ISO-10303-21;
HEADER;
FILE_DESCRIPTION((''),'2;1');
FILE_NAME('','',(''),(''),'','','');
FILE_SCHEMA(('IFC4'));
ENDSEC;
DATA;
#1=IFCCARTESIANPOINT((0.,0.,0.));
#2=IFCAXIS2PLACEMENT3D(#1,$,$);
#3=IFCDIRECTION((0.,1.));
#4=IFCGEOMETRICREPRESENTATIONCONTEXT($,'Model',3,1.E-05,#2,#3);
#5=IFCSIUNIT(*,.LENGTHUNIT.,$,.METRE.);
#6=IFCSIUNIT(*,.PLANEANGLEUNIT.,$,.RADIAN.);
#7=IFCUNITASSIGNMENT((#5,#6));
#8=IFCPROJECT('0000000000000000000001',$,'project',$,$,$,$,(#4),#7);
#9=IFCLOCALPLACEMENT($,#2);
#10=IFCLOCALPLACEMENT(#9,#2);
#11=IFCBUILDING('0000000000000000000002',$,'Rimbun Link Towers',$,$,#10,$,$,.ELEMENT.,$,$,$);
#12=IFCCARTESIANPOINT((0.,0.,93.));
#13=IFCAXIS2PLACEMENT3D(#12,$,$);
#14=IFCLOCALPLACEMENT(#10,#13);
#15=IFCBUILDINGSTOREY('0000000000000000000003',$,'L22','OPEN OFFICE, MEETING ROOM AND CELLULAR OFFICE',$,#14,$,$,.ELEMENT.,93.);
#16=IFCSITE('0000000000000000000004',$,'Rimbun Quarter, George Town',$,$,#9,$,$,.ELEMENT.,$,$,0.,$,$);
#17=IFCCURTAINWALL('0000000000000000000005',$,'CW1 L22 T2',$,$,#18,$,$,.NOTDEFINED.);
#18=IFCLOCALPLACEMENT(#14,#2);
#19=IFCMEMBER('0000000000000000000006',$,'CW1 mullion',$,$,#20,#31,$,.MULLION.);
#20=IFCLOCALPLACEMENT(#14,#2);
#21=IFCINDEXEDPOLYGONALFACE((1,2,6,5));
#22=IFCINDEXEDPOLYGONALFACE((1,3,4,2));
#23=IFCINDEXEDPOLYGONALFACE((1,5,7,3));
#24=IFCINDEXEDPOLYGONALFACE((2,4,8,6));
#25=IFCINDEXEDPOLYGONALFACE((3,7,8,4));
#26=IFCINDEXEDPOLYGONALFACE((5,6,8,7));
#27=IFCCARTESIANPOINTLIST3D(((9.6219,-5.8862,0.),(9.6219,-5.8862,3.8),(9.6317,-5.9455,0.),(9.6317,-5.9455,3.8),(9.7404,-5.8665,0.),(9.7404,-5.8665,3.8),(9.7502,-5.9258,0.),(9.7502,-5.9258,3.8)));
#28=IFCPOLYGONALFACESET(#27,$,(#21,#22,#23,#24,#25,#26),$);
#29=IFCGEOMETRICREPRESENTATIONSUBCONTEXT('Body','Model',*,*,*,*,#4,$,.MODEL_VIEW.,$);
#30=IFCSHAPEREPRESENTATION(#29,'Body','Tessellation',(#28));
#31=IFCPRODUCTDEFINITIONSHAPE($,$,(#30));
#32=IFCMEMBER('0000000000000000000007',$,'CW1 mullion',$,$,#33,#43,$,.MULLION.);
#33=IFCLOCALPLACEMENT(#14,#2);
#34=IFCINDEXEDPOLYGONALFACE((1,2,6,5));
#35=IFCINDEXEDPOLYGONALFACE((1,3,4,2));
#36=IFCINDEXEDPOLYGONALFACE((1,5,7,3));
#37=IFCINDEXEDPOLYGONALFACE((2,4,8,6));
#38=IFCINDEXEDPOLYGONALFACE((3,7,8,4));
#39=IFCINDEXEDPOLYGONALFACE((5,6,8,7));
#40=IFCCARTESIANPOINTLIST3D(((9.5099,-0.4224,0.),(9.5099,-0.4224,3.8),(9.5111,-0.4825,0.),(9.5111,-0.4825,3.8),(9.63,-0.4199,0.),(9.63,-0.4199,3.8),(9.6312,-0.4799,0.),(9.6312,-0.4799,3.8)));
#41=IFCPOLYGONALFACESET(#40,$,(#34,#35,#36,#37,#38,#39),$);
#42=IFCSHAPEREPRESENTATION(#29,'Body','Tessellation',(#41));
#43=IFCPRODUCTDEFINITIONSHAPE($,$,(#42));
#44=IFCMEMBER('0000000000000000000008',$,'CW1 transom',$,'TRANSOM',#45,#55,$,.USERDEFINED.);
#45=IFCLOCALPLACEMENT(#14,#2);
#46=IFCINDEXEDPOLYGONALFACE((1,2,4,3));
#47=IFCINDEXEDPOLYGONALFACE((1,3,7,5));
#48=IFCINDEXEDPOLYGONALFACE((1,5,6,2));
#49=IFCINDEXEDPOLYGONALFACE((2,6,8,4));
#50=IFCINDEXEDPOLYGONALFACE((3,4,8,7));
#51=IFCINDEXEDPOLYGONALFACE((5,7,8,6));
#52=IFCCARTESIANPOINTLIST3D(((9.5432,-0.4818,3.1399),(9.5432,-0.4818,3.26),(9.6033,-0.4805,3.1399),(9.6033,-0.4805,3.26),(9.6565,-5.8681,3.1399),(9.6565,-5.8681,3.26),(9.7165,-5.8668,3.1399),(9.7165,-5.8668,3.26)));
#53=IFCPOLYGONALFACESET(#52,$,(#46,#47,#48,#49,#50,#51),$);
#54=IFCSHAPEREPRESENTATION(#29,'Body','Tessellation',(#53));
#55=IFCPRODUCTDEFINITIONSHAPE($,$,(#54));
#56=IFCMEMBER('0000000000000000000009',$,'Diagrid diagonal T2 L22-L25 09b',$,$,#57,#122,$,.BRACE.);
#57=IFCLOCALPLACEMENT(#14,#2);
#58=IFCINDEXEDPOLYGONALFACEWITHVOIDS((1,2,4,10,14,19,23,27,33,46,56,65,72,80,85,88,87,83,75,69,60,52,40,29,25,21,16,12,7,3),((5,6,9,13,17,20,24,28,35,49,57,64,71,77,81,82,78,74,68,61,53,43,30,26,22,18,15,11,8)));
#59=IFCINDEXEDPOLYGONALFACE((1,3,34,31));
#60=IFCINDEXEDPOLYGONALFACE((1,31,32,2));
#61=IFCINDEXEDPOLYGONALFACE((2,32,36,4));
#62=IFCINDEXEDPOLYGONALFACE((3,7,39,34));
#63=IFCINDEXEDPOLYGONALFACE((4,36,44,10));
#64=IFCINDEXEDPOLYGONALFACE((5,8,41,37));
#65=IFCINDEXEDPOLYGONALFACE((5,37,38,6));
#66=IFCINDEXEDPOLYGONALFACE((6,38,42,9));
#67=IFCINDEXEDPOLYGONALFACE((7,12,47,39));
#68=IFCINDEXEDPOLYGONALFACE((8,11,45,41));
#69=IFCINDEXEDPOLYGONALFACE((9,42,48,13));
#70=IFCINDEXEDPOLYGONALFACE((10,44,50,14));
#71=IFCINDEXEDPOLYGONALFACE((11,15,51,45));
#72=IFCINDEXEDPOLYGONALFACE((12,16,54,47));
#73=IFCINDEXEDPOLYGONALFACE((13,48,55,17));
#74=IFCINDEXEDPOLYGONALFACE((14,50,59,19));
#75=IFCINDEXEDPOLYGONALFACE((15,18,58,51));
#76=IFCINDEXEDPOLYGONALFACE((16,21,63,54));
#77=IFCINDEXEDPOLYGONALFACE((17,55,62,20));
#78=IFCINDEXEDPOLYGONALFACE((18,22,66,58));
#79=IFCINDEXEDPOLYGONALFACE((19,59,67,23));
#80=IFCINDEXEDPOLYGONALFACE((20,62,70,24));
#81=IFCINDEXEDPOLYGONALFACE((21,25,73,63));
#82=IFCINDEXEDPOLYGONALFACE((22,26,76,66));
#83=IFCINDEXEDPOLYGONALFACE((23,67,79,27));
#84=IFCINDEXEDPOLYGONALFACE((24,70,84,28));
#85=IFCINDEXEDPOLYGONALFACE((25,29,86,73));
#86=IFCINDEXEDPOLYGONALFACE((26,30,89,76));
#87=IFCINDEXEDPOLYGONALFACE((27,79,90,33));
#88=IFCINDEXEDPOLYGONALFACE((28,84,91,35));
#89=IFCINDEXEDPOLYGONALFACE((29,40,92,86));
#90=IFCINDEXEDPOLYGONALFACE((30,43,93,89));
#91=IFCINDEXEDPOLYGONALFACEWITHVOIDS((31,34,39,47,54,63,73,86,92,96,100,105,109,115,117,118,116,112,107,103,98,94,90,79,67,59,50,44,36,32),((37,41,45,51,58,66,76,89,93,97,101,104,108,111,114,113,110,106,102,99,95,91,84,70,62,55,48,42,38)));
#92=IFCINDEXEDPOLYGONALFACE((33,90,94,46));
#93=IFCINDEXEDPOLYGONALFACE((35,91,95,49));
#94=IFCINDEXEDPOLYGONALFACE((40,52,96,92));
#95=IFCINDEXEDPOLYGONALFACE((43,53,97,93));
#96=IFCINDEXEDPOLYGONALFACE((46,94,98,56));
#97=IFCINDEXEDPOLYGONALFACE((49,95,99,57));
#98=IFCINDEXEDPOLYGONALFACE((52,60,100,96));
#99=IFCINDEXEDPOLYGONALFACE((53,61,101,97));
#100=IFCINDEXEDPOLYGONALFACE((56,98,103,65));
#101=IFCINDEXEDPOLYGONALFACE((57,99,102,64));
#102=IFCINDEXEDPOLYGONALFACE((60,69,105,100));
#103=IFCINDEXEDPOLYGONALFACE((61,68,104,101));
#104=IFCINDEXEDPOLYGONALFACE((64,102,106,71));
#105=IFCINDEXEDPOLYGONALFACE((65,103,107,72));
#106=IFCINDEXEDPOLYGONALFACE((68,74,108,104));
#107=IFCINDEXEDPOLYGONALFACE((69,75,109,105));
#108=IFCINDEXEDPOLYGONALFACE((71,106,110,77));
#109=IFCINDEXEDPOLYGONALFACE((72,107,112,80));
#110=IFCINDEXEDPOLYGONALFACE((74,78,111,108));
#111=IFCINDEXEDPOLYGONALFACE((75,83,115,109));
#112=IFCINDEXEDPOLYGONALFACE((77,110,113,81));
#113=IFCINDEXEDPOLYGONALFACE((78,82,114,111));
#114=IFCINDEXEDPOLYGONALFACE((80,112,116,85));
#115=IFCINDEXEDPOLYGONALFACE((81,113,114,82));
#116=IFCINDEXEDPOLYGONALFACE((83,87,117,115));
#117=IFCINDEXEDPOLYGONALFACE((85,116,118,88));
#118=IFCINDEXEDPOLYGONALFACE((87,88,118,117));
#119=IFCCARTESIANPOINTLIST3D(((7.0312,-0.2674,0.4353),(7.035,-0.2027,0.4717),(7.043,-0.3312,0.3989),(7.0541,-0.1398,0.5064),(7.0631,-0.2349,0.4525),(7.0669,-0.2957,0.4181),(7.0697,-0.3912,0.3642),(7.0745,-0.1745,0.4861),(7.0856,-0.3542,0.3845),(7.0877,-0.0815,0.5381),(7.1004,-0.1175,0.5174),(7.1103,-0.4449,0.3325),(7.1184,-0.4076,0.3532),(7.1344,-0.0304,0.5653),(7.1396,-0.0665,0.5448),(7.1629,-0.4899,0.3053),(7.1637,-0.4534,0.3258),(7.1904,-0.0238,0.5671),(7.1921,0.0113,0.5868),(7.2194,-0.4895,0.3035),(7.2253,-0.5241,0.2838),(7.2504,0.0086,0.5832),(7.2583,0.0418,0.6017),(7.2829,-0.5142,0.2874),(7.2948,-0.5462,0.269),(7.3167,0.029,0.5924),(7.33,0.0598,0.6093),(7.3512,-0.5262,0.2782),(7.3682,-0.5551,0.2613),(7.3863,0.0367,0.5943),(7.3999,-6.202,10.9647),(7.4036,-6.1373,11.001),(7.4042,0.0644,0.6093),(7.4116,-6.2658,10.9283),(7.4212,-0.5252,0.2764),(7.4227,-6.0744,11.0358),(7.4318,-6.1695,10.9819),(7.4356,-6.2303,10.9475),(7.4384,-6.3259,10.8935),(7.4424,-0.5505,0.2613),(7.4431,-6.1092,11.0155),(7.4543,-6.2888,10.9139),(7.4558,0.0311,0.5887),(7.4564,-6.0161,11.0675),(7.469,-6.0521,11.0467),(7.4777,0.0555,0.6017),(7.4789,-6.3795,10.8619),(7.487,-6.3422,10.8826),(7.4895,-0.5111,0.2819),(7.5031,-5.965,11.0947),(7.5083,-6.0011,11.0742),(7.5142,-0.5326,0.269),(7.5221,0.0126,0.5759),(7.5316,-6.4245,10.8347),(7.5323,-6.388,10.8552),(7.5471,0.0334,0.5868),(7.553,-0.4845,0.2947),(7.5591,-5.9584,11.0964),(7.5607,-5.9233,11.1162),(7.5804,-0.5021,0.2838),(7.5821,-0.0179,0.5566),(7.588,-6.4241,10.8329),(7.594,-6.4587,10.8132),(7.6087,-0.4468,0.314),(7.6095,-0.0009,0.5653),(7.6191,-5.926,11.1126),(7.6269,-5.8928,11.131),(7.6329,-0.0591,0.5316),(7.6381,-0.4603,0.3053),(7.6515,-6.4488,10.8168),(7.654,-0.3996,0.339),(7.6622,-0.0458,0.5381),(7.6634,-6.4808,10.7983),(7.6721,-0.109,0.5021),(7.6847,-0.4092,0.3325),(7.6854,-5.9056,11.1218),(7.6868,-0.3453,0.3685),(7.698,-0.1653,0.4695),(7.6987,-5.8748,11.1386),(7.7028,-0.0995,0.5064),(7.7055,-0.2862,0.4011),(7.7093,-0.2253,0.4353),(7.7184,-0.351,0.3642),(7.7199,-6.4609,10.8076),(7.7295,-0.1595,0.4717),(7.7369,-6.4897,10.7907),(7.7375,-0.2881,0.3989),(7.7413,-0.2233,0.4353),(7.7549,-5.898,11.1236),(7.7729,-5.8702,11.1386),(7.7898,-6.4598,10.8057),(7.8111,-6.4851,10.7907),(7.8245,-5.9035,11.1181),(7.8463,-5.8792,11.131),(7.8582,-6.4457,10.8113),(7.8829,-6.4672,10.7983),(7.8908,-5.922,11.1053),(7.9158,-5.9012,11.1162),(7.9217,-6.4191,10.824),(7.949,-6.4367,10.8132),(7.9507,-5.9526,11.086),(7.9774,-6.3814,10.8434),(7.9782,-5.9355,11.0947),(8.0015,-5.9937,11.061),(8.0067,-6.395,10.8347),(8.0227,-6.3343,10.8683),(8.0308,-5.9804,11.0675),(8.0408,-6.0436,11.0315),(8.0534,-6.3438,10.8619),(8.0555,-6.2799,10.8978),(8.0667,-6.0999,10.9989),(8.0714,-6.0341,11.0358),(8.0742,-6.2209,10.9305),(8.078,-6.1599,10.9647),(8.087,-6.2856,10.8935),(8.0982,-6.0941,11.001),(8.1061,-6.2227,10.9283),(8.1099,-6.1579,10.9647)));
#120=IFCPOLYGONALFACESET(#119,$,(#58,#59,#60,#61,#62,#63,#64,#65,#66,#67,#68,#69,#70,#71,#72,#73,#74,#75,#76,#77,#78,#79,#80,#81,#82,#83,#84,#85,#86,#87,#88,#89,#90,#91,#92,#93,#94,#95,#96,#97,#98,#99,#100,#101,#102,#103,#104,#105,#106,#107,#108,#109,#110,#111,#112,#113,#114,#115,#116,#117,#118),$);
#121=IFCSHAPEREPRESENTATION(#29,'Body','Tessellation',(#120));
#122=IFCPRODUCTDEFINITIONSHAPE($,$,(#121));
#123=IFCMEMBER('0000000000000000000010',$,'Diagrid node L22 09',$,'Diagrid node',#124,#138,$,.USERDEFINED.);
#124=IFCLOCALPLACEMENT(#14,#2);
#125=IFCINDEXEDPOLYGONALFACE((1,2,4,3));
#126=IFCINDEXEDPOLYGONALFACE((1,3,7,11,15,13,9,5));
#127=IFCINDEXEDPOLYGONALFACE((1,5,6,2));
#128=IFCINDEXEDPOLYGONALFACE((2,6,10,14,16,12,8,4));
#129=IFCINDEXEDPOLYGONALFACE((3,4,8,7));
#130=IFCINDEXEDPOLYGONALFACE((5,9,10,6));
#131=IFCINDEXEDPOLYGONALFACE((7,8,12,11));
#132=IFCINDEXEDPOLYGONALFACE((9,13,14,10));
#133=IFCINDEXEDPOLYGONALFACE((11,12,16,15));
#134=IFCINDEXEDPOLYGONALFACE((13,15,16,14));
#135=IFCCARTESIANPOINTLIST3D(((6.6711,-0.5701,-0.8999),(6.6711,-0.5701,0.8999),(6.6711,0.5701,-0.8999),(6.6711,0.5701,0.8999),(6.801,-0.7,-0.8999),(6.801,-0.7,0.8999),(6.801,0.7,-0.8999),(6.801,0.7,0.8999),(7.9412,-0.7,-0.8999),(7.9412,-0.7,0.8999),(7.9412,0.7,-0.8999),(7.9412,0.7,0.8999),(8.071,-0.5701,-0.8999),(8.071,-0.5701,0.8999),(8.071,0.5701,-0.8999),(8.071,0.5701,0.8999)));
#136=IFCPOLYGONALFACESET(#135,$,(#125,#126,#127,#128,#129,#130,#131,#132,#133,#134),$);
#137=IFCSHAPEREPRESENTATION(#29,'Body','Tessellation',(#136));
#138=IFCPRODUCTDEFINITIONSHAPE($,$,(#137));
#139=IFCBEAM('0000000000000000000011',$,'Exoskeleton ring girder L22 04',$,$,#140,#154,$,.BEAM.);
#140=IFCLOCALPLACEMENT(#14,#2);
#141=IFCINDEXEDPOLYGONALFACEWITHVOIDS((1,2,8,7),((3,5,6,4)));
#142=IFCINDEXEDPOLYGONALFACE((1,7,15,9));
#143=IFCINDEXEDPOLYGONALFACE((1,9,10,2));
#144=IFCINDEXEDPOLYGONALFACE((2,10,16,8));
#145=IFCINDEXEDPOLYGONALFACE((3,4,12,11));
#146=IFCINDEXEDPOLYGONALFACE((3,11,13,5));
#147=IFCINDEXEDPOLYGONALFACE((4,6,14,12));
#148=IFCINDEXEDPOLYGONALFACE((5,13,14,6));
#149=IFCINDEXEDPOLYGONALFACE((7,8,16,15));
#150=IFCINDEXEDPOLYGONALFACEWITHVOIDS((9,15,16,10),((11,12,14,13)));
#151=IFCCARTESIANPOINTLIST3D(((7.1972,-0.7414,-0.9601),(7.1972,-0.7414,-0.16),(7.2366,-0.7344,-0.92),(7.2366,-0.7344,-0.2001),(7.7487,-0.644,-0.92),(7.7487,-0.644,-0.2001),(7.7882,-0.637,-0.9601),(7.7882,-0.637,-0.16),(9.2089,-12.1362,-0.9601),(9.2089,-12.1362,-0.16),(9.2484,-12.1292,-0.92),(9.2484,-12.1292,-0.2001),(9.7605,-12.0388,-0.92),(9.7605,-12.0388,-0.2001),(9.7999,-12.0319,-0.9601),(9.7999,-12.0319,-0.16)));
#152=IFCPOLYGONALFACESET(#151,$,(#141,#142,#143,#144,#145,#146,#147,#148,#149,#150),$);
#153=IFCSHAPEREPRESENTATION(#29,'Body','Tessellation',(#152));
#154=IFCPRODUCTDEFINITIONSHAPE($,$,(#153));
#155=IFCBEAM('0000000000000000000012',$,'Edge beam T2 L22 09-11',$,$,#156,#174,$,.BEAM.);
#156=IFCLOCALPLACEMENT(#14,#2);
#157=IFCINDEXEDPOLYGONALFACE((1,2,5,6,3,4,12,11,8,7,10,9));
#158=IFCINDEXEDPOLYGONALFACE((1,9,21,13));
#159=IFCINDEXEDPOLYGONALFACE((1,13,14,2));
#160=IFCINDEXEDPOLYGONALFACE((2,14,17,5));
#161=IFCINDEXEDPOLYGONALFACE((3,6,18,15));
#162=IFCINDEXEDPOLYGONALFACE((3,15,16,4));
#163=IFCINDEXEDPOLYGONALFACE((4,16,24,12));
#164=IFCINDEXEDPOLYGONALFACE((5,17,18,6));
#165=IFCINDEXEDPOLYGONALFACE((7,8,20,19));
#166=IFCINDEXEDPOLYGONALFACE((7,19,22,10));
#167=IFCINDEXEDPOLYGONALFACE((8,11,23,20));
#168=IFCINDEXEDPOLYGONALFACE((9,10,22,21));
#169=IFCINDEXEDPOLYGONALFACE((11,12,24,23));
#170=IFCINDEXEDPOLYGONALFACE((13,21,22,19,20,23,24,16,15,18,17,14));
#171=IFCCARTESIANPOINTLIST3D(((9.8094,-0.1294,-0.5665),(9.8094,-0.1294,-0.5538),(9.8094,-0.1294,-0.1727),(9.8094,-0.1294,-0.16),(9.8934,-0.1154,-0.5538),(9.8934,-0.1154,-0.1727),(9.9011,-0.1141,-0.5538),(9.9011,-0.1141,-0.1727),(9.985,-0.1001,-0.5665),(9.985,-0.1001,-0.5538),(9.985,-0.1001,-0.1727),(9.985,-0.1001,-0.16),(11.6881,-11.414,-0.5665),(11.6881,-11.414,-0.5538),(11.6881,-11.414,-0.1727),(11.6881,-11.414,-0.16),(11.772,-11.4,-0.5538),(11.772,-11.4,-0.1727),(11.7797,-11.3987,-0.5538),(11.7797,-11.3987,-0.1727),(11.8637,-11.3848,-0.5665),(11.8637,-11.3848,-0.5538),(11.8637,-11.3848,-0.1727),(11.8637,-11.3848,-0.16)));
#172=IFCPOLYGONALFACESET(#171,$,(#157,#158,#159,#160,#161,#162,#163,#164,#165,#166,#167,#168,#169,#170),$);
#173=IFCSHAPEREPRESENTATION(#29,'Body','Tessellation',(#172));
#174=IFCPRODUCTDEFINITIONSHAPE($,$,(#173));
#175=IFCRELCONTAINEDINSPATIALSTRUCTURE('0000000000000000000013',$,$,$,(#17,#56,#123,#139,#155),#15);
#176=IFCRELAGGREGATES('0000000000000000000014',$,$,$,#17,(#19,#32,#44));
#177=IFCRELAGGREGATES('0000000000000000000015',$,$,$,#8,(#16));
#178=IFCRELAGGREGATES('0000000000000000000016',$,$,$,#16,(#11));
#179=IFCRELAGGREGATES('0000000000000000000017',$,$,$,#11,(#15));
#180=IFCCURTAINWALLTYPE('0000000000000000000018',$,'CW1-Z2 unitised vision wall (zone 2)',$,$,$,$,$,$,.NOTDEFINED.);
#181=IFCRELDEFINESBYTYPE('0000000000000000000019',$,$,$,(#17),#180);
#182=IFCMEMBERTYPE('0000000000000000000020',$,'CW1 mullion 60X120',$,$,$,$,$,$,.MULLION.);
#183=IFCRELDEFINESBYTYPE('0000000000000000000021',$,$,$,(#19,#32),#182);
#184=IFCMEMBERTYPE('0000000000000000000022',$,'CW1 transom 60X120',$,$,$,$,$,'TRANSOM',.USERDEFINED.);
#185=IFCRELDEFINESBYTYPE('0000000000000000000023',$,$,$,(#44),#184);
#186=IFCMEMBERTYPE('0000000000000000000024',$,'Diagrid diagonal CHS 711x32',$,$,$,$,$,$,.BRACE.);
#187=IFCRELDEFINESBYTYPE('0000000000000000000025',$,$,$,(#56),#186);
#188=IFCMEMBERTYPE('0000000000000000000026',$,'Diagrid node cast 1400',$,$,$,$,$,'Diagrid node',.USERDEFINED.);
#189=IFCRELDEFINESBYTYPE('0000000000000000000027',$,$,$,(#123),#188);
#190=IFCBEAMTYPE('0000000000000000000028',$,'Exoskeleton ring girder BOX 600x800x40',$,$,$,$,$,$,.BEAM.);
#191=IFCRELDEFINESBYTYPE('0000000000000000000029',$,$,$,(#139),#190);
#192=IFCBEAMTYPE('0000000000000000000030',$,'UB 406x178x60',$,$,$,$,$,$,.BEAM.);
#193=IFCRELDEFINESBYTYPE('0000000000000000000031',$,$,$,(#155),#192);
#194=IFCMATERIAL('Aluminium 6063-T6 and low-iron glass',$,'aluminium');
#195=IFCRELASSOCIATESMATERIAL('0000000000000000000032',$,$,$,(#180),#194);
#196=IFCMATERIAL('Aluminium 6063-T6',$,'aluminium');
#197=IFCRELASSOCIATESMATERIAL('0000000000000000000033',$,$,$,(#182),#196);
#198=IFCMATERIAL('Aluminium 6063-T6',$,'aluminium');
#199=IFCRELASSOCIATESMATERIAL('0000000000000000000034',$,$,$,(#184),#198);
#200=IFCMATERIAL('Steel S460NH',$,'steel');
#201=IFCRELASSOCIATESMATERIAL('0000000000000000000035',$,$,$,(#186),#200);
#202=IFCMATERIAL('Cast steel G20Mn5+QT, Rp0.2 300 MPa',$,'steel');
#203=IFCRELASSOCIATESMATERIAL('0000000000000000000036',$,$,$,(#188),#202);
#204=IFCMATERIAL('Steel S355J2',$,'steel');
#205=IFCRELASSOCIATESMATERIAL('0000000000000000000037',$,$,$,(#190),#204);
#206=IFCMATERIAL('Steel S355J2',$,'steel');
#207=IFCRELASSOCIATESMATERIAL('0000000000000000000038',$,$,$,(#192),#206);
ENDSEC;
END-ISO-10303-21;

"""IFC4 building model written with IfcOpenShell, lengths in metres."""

from ifc_helpers import new_model, si_unit, direction, frame, origin, origin_2d, place, context, subcontext, project, spatial, polyline, rectangle, hollow_rectangle, hollow_circle, i_section, outline, extrude, material, material_profile, profile_set, type_object, element, aggregate, save


model = new_model("IFC4")

# Units and contexts
model_context = context("Model", 3, precision=1e-05, world=origin(), true_north=direction((0.0, 1.0)))
body_context = subcontext(model_context, "Body", "Model", "MODEL_VIEW")
ifc_project = project(units=[si_unit("LENGTHUNIT", "METRE"), si_unit("PLANEANGLEUNIT", "RADIAN")], contexts=[model_context])

# Site, building, storey
site_placement = place(None, origin())
site = spatial("IfcSite", under=ifc_project, at=site_placement, Name="Rimbun Quarter, George Town", CompositionType="ELEMENT", RefElevation=0.0)
building_placement = place(site_placement, origin())
building = spatial("IfcBuilding", under=site, at=building_placement, Name="Rimbun Link Towers", CompositionType="ELEMENT")
storey_placement = place(building_placement, frame((0.0, 0.0, 93.0)))
storey = spatial("IfcBuildingStorey", under=building, at=storey_placement, Name="L22", Description="OPEN OFFICE, MEETING ROOM AND CELLULAR OFFICE", CompositionType="ELEMENT", Elevation=93.0)

# Curtain wall, members
ifc_material_1 = material(Name="Aluminium 6063-T6 and low-iron glass", Category="aluminium")
curtain_wall_type = type_object("IfcCurtainWallType", Name="CW1-Z2 unitised vision wall (zone 2)", PredefinedType="NOTDEFINED", material=ifc_material_1)
curtain_wall_placement = place(storey_placement, origin())
curtain_wall = element("IfcCurtainWall", 1, at=curtain_wall_placement, inside=storey, type_object=curtain_wall_type, Name="CW1 L22 T2", PredefinedType="NOTDEFINED")
ifc_material_2 = material(Name="Aluminium 6063-T6", Category="aluminium")
ifc_material_profile_1 = material_profile(ifc_material_2, rectangle(XDim=0.1201, YDim=0.0601, at=origin_2d()), Name="MULLION 60X120")
ifc_profile_set_1 = profile_set([ifc_material_profile_1], Name="Aluminium 6063-T6")
member_type_1 = type_object("IfcMemberType", Name="CW1 mullion 60X120", PredefinedType="MULLION", material=ifc_profile_set_1)
member_1_placement = place(storey_placement, frame((9.686, -5.906, 0.0), z_axis=(0.0, 0.0, 1.0), x_axis=(-0.986503, -0.163744, 0.0)))
member_1 = element("IfcMember", 2, at=member_1_placement, type_object=member_type_1, Name="CW1 mullion", PredefinedType="MULLION", context=body_context, shape_type="SweptSolid", body=[
    extrude(rectangle(XDim=0.1201, YDim=0.0601, at=origin_2d()), origin(), (0.0, 0.0, 1.0), 3.8),
])
member_2_placement = place(storey_placement, frame((9.5706, -0.4512, 0.0), z_axis=(0.0, 0.0, 1.0), x_axis=(-0.999778, -0.02106, 0.0)))
member_2 = element("IfcMember", 3, at=member_2_placement, type_object=member_type_1, Name="CW1 mullion", PredefinedType="MULLION", context=body_context, shape_type="SweptSolid", body=[
    extrude(rectangle(XDim=0.1201, YDim=0.0601, at=origin_2d()), origin(), (0.0, 0.0, 1.0), 3.8),
])
ifc_material_3 = material(Name="Aluminium 6063-T6", Category="aluminium")
ifc_material_profile_2 = material_profile(ifc_material_3, rectangle(XDim=0.0601, YDim=0.1201, at=origin_2d()), Name="TRANSOM 60X120")
ifc_profile_set_2 = profile_set([ifc_material_profile_2], Name="Aluminium 6063-T6")
member_type_2 = type_object("IfcMemberType", Name="CW1 transom 60X120", ElementType="TRANSOM", PredefinedType="USERDEFINED", material=ifc_profile_set_2)
member_3_placement = place(storey_placement, frame((9.6865, -5.8674, 3.2), z_axis=(-0.021027, 0.999779, 0.0), x_axis=(-0.999779, -0.021027, 0.0)))
member_3 = element("IfcMember", 4, at=member_3_placement, type_object=member_type_2, Name="CW1 transom", ObjectType="TRANSOM", PredefinedType="USERDEFINED", context=body_context, shape_type="SweptSolid", body=[
    extrude(rectangle(XDim=0.0601, YDim=0.1201, at=origin_2d()), origin(), (0.0, 0.0, 1.0), 5.3875),
])

# Members
ifc_material_4 = material(Name="Steel S460NH", Category="steel")
ifc_material_profile_3 = material_profile(ifc_material_4, hollow_circle(Radius=0.3557, WallThickness=0.032, at=origin_2d()), Name="Diagrid diagonal CHS 711x32")
ifc_profile_set_3 = profile_set([ifc_material_profile_3], Name="Steel S460NH")
member_type_3 = type_object("IfcMemberType", Name="Diagrid diagonal CHS 711x32", PredefinedType="BRACE", material=ifc_profile_set_3)
member_4_placement = place(storey_placement, frame((7.3862, -0.2454, 0.4353), z_axis=(0.030487, -0.490777, 0.870752), x_axis=(0.998076, 0.062, 0.0)))
element("IfcMember", 5, at=member_4_placement, inside=storey, type_object=member_type_3, Name="Diagrid diagonal T2 L22-L25 09b", PredefinedType="BRACE", context=body_context, shape_type="SweptSolid", body=[
    extrude(hollow_circle(Radius=0.3557, WallThickness=0.032, at=origin_2d()), origin(), (0.0, 0.0, 1.0), 12.0923),
])
ifc_material_5 = material(Name="Cast steel G20Mn5+QT, Rp0.2 300 MPa", Category="steel")
ifc_material_profile_4 = material_profile(ifc_material_5, outline(polyline([(0.7, -0.5701), (0.7, 0.5701), (0.5701, 0.7), (-0.5701, 0.7), (-0.7, 0.5701), (-0.7, -0.5701), (-0.5701, -0.7), (0.5701, -0.7), (0.7, -0.5701)])), Name="NODE 1400x1400")
ifc_profile_set_4 = profile_set([ifc_material_profile_4], Name="Cast steel G20Mn5+QT, Rp0.2 300 MPa")
member_type_4 = type_object("IfcMemberType", Name="Diagrid node cast 1400", ElementType="Diagrid node", PredefinedType="USERDEFINED", material=ifc_profile_set_4)
member_5_placement = place(storey_placement, frame((7.3711, 0.0, -0.8999), z_axis=(0.0, 0.0, 1.0), x_axis=(-1.0, 0.0, 0.0)))
element("IfcMember", 6, at=member_5_placement, inside=storey, type_object=member_type_4, Name="Diagrid node L22 09", ObjectType="Diagrid node", PredefinedType="USERDEFINED", context=body_context, shape_type="SweptSolid", body=[
    extrude(outline(polyline([(0.7, -0.5701), (0.7, 0.5701), (0.5701, 0.7), (-0.5701, 0.7), (-0.7, 0.5701), (-0.7, -0.5701), (-0.5701, -0.7), (0.5701, -0.7), (0.7, -0.5701)])), origin(), (0.0, 0.0, 1.0), 1.7998),
])

# Beams
ifc_material_6 = material(Name="Steel S355J2", Category="steel")
ifc_material_profile_5 = material_profile(ifc_material_6, hollow_rectangle(XDim=0.6001, YDim=0.8, WallThickness=0.04, at=origin_2d()), Name="Exoskeleton ring girder BOX 600x800x40")
ifc_profile_set_5 = profile_set([ifc_material_profile_5], Name="Steel S355J2")
beam_type_1 = type_object("IfcBeamType", Name="Exoskeleton ring girder BOX 600x800x40", PredefinedType="BEAM", material=ifc_profile_set_5)
beam_1_placement = place(storey_placement, frame((7.4927, -0.6892, -0.5601), z_axis=(0.173859, -0.984771, 0.0), x_axis=(0.984771, 0.173859, 0.0)))
element("IfcBeam", 7, at=beam_1_placement, inside=storey, type_object=beam_type_1, Name="Exoskeleton ring girder L22 04", PredefinedType="BEAM", context=body_context, shape_type="SweptSolid", body=[
    extrude(hollow_rectangle(XDim=0.6001, YDim=0.8, WallThickness=0.04, at=origin_2d()), origin(), (0.0, 0.0, 1.0), 11.571),
])
ifc_material_7 = material(Name="Steel S355J2", Category="steel")
ifc_material_profile_6 = material_profile(ifc_material_7, i_section(OverallWidth=0.178, OverallDepth=0.4065, WebThickness=0.0078, FlangeThickness=0.0127, at=origin_2d()), Name="UB 406x178x60")
ifc_profile_set_6 = profile_set([ifc_material_profile_6], Name="Steel S355J2")
beam_type_2 = type_object("IfcBeamType", Name="UB 406x178x60", PredefinedType="BEAM", material=ifc_profile_set_6)
beam_2_placement = place(storey_placement, frame((9.8972, -0.1147, -0.3633), z_axis=(0.164219, -0.986424, 0.0), x_axis=(0.986424, 0.164219, 0.0)))
element("IfcBeam", 8, at=beam_2_placement, inside=storey, type_object=beam_type_2, Name="Edge beam T2 L22 09-11", PredefinedType="BEAM", context=body_context, shape_type="SweptSolid", body=[
    extrude(i_section(OverallWidth=0.178, OverallDepth=0.4065, WebThickness=0.0078, FlangeThickness=0.0127, at=origin_2d()), origin(), (0.0, 0.0, 1.0), 11.4399),
])

aggregate(curtain_wall, [member_1, member_2, member_3])

save(model, "model.ifc")
